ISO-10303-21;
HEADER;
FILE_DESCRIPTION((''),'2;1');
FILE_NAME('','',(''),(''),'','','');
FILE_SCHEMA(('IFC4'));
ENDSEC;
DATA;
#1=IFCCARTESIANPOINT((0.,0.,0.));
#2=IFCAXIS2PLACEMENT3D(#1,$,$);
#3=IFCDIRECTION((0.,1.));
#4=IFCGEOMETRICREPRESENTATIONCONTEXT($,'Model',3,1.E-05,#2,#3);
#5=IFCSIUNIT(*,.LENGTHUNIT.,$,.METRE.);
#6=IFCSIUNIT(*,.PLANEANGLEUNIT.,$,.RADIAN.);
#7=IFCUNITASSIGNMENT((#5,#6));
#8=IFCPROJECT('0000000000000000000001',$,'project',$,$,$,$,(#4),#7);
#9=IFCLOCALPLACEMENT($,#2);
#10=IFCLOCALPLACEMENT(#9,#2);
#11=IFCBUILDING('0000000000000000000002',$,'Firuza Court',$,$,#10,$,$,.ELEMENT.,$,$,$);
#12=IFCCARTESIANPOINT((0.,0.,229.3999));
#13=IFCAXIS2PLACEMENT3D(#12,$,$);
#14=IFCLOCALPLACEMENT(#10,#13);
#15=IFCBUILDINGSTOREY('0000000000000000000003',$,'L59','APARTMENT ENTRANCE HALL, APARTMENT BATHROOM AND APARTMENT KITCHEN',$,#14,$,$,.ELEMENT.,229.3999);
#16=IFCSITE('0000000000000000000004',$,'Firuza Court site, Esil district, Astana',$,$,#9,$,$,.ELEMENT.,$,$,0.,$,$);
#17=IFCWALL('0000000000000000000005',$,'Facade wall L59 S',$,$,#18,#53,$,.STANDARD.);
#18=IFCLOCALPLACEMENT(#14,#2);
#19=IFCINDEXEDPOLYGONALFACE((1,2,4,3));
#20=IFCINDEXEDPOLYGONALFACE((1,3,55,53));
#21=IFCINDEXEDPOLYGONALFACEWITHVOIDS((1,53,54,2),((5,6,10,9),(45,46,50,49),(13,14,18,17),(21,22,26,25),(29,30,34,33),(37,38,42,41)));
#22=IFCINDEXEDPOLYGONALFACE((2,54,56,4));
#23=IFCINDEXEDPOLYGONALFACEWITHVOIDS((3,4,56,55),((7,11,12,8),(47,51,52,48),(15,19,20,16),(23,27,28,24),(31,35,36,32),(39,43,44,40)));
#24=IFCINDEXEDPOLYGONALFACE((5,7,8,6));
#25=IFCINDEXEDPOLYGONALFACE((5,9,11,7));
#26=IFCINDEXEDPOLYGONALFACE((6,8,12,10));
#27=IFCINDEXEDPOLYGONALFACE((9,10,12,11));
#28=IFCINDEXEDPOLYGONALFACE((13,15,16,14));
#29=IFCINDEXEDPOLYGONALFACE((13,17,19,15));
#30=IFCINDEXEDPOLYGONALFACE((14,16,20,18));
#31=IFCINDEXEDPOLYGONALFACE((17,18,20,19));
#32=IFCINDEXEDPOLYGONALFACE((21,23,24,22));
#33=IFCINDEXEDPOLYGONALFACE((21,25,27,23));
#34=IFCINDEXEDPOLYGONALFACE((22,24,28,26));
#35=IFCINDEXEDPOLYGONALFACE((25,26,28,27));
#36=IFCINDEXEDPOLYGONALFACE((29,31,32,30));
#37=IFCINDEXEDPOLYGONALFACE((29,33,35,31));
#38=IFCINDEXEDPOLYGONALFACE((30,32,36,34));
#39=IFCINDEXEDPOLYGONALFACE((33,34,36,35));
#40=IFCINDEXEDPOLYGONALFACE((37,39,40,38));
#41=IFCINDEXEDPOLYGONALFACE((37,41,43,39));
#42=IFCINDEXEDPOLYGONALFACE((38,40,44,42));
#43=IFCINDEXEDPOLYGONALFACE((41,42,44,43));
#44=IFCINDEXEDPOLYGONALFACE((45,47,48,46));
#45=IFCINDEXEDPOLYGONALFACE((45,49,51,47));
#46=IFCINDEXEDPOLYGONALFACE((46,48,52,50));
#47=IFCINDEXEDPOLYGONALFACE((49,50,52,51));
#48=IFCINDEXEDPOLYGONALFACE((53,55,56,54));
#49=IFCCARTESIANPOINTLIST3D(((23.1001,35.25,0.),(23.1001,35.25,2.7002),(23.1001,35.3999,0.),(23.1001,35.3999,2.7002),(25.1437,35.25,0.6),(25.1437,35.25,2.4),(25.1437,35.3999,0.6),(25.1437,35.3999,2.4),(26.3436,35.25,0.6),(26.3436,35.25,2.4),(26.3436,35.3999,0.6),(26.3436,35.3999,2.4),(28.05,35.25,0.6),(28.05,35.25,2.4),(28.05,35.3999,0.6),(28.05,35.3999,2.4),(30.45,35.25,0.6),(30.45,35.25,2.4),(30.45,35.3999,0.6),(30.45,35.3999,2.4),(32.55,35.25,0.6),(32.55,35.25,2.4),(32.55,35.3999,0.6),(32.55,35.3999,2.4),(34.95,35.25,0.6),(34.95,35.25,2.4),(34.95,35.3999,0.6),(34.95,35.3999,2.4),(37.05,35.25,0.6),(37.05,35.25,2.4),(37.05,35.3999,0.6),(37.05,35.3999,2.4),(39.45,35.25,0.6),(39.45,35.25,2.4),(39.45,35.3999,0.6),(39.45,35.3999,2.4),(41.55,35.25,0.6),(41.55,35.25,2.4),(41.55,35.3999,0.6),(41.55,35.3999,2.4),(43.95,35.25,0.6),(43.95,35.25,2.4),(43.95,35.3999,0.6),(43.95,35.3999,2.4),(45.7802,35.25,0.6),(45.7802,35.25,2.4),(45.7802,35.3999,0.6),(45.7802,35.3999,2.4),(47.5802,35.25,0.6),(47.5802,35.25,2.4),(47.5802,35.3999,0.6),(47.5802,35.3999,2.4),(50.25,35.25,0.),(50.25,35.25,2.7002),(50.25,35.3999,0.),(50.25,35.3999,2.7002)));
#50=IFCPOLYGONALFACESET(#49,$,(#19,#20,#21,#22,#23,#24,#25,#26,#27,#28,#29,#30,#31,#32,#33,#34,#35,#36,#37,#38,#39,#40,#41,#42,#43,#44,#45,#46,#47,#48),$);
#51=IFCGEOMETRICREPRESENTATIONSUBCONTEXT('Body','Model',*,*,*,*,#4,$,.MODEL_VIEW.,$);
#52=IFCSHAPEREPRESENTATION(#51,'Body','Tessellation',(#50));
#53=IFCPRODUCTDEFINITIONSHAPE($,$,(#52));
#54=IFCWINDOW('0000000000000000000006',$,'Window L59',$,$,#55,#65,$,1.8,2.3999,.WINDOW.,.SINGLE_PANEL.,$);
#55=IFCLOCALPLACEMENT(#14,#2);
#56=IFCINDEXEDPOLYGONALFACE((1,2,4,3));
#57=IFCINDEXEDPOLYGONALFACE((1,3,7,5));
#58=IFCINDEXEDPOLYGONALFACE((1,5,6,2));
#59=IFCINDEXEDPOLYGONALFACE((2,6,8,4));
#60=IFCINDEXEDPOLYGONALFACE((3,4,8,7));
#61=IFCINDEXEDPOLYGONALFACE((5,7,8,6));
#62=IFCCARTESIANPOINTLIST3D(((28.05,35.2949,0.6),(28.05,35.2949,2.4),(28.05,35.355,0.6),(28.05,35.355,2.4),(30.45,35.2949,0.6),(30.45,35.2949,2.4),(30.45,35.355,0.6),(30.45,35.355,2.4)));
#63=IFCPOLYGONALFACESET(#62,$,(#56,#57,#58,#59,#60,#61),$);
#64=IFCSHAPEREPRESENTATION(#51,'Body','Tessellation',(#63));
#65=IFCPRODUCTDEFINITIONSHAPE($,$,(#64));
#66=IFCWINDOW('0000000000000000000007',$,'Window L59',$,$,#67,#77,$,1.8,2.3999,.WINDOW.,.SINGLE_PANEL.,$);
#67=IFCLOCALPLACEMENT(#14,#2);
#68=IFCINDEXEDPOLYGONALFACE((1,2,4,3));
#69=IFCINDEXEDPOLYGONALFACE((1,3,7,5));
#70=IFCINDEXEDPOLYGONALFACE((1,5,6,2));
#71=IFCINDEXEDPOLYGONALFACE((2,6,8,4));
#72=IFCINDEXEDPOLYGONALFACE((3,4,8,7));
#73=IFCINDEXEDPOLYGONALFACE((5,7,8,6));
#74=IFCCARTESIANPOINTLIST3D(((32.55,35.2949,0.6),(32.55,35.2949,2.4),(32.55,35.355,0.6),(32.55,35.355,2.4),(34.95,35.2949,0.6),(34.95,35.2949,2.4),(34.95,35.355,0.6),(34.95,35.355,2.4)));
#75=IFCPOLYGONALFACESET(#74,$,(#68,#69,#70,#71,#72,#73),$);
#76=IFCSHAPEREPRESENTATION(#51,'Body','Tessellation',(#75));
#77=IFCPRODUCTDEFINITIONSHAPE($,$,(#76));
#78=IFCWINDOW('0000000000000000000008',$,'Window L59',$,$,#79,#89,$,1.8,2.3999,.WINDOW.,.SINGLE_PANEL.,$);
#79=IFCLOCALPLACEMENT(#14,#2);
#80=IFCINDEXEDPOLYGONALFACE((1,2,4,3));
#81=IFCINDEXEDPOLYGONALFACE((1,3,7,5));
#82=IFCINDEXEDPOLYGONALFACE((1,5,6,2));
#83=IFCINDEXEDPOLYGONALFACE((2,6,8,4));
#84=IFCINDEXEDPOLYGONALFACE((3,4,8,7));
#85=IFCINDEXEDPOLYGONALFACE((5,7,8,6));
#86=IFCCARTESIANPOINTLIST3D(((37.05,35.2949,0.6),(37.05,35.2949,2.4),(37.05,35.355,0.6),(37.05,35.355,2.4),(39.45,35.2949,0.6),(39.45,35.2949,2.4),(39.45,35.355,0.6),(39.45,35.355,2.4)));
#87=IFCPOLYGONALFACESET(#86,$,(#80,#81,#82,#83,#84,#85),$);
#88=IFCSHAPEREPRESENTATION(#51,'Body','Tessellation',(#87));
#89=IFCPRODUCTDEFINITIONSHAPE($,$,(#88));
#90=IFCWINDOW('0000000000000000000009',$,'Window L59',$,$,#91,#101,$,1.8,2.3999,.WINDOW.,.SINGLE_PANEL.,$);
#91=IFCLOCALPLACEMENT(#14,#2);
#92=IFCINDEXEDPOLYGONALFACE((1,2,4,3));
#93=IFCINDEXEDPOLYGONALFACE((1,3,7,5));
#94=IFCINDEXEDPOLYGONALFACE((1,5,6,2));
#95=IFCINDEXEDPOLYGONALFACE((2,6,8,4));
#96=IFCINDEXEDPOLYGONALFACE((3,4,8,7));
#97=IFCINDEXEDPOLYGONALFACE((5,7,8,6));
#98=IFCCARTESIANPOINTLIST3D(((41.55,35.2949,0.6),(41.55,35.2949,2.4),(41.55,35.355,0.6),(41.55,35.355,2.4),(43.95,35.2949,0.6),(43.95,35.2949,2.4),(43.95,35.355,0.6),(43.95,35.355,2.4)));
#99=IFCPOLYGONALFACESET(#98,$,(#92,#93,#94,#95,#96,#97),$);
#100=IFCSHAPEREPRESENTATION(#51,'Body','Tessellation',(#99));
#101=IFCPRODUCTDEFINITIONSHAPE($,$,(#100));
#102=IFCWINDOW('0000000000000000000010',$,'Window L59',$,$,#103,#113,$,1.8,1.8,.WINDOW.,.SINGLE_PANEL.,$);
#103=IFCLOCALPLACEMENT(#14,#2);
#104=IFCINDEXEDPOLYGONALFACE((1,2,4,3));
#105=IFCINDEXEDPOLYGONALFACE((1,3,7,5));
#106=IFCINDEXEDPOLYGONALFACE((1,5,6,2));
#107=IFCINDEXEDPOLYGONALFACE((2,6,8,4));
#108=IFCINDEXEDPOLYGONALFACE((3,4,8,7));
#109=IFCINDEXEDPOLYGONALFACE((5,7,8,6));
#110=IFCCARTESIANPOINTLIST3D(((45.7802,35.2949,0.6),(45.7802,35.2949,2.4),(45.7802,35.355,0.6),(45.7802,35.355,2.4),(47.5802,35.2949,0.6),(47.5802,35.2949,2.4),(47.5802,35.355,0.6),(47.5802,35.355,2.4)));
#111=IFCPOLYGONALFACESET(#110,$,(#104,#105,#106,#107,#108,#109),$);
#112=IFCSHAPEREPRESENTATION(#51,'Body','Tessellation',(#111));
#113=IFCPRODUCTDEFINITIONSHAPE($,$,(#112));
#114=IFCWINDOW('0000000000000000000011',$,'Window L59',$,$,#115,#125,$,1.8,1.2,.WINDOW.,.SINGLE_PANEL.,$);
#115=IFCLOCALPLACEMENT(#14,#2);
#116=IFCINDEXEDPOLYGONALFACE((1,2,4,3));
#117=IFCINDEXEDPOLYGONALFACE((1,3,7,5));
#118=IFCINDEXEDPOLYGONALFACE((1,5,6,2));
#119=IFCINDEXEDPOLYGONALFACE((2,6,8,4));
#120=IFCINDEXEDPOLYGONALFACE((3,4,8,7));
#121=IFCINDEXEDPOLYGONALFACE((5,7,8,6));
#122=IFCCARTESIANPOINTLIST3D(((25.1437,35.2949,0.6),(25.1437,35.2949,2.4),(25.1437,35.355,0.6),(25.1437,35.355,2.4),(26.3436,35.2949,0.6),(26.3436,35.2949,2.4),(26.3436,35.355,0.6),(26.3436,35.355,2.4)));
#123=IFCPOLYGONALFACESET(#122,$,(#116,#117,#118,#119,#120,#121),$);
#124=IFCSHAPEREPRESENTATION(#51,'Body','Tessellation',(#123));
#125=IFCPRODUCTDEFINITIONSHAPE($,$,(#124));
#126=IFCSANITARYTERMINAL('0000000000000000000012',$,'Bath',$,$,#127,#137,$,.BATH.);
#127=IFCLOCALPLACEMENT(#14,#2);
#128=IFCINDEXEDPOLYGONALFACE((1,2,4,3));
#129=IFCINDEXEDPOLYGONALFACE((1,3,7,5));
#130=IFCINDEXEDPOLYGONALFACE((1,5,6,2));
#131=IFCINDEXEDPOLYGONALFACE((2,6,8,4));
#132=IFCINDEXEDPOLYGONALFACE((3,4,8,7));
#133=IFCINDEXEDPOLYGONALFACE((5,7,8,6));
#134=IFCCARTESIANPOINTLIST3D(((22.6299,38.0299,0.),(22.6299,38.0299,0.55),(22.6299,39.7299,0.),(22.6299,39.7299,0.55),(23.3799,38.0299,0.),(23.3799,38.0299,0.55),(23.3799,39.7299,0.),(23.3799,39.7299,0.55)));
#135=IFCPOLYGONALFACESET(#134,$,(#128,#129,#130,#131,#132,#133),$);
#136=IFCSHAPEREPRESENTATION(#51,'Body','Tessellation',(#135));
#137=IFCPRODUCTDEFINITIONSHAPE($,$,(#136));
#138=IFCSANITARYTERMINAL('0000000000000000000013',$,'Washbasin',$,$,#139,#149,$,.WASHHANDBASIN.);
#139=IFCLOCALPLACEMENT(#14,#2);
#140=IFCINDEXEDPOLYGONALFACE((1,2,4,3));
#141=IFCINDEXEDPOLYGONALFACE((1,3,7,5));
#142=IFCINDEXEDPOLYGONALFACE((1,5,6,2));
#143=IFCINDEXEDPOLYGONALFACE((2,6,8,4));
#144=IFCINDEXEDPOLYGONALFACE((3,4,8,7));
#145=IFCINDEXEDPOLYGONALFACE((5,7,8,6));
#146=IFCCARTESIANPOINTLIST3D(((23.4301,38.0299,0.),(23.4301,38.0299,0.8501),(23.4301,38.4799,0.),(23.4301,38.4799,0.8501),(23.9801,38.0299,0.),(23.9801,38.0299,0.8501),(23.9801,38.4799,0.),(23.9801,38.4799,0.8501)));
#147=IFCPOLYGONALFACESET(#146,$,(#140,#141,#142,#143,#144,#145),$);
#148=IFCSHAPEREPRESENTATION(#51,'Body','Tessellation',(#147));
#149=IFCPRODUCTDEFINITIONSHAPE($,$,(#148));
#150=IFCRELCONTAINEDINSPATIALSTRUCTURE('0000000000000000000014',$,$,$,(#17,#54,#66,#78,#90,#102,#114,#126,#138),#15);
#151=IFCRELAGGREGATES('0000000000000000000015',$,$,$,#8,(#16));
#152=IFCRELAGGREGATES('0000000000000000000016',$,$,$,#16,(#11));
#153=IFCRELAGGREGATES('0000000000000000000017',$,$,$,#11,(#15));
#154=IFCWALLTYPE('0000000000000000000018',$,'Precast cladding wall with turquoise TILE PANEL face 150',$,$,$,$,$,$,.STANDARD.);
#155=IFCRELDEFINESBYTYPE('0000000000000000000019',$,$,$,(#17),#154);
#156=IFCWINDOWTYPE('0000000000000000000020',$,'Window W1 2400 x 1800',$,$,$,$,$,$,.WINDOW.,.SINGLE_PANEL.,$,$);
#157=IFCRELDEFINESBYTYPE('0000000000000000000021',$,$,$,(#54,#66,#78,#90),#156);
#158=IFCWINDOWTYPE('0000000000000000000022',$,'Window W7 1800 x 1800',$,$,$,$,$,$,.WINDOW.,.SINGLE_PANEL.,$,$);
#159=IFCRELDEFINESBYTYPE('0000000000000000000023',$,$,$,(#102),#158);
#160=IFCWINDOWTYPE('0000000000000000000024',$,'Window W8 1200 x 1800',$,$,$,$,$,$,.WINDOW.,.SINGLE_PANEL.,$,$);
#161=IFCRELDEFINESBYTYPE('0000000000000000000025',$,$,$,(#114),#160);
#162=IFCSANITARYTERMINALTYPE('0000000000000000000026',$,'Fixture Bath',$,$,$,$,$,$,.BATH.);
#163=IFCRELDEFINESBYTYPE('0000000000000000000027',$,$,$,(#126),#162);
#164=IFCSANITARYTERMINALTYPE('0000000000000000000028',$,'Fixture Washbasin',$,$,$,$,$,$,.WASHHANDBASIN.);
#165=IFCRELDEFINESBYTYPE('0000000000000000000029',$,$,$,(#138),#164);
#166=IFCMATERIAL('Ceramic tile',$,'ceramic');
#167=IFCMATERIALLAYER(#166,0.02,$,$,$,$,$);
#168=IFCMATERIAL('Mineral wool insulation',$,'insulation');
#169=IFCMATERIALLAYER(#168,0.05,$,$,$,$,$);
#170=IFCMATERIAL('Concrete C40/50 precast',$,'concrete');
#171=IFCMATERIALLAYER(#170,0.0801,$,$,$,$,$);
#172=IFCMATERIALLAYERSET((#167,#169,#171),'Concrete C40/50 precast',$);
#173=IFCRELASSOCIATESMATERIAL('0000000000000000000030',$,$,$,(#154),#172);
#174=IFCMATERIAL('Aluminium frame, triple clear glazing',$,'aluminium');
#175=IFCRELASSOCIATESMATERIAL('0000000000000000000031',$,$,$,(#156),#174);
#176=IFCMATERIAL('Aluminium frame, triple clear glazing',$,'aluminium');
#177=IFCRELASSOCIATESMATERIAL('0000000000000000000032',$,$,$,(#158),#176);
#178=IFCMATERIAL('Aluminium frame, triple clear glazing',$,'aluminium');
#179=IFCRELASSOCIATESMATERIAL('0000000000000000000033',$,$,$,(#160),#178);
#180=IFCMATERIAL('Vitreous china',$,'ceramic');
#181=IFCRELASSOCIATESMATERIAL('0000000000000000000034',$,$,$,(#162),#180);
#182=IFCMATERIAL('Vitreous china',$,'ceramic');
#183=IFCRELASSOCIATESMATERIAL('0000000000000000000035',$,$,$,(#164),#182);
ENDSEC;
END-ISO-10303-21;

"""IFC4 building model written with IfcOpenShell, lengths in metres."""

from ifc_helpers import new_model, si_unit, direction, frame, frame_2d, origin, origin_2d, place, context, subcontext, project, spatial, rectangle, extrude, material, layer, layer_set, type_object, element, fill, save


model = new_model("IFC4")

# Units and contexts
model_context = context("Model", 3, precision=1e-05, world=origin(), true_north=direction((0.0, 1.0)))
body_context = subcontext(model_context, "Body", "Model", "MODEL_VIEW")
ifc_project = project(units=[si_unit("LENGTHUNIT", "METRE"), si_unit("PLANEANGLEUNIT", "RADIAN")], contexts=[model_context])

# Site, building, storey
site_placement = place(None, origin())
site = spatial("IfcSite", under=ifc_project, at=site_placement, Name="Firuza Court site, Esil district, Astana", CompositionType="ELEMENT", RefElevation=0.0)
building_placement = place(site_placement, origin())
building = spatial("IfcBuilding", under=site, at=building_placement, Name="Firuza Court", CompositionType="ELEMENT")
storey_placement = place(building_placement, frame((0.0, 0.0, 229.3999)))
storey = spatial("IfcBuildingStorey", under=building, at=storey_placement, Name="L59", Description="APARTMENT ENTRANCE HALL, APARTMENT BATHROOM AND APARTMENT KITCHEN", CompositionType="ELEMENT", Elevation=229.3999)

# Wall, openings, windows
ifc_material_1 = material(Name="Ceramic tile", Category="ceramic")
ifc_layer_1 = layer(ifc_material_1, 0.02)
ifc_material_2 = material(Name="Mineral wool insulation", Category="insulation")
ifc_layer_2 = layer(ifc_material_2, 0.05)
ifc_material_3 = material(Name="Concrete C40/50 precast", Category="concrete")
ifc_layer_3 = layer(ifc_material_3, 0.0801)
ifc_layer_set_1 = layer_set([ifc_layer_1, ifc_layer_2, ifc_layer_3], Name="Concrete C40/50 precast")
wall_type_1 = type_object("IfcWallType", Name="Precast cladding wall with turquoise TILE PANEL face 150", PredefinedType="STANDARD", material=ifc_layer_set_1)
wall_1_placement = place(storey_placement, frame((23.1001, 35.325, 0.0), z_axis=(0.0, 0.0, 1.0), x_axis=(1.0, 0.0, 0.0)))
wall_1 = element("IfcWall", 1, at=wall_1_placement, inside=storey, type_object=wall_type_1, Name="Facade wall L59 S", PredefinedType="STANDARD", context=body_context, shape_type="SweptSolid", body=[
    extrude(rectangle(XDim=27.1499, YDim=0.1499, at=frame_2d((13.575, 0.0))), origin(), (0.0, 0.0, 1.0), 2.7002),
])
opening_1_placement = place(wall_1_placement, frame((2.0435, 0.0, 0.6001)))
opening_1 = element("IfcOpeningElement", 2, at=opening_1_placement, cuts=wall_1, PredefinedType="OPENING", context=body_context, shape_type="SweptSolid", body=[
    extrude(rectangle(XDim=1.2, YDim=1.8, at=frame_2d((0.6001, 0.8999))), frame((0.0, 0.0869, 0.0), z_axis=(0.0, -1.0, 0.0), x_axis=(1.0, 0.0, 0.0)), (0.0, 0.0, 1.0), 0.1738),
])
opening_2_placement = place(wall_1_placement, frame((4.95, 0.0, 0.6001)))
opening_2 = element("IfcOpeningElement", 3, at=opening_2_placement, cuts=wall_1, PredefinedType="OPENING", context=body_context, shape_type="SweptSolid", body=[
    extrude(rectangle(XDim=2.3999, YDim=1.8, at=frame_2d((1.2, 0.8999))), frame((0.0, 0.0869, 0.0), z_axis=(0.0, -1.0, 0.0), x_axis=(1.0, 0.0, 0.0)), (0.0, 0.0, 1.0), 0.1738),
])
opening_3_placement = place(wall_1_placement, frame((9.45, 0.0, 0.6001)))
opening_3 = element("IfcOpeningElement", 4, at=opening_3_placement, cuts=wall_1, PredefinedType="OPENING", context=body_context, shape_type="SweptSolid", body=[
    extrude(rectangle(XDim=2.3999, YDim=1.8, at=frame_2d((1.2, 0.8999))), frame((0.0, 0.0869, 0.0), z_axis=(0.0, -1.0, 0.0), x_axis=(1.0, 0.0, 0.0)), (0.0, 0.0, 1.0), 0.1738),
])
opening_4_placement = place(wall_1_placement, frame((13.95, 0.0, 0.6001)))
opening_4 = element("IfcOpeningElement", 5, at=opening_4_placement, cuts=wall_1, PredefinedType="OPENING", context=body_context, shape_type="SweptSolid", body=[
    extrude(rectangle(XDim=2.3999, YDim=1.8, at=frame_2d((1.2, 0.8999))), frame((0.0, 0.0869, 0.0), z_axis=(0.0, -1.0, 0.0), x_axis=(1.0, 0.0, 0.0)), (0.0, 0.0, 1.0), 0.1738),
])
opening_5_placement = place(wall_1_placement, frame((18.45, 0.0, 0.6001)))
opening_5 = element("IfcOpeningElement", 6, at=opening_5_placement, cuts=wall_1, PredefinedType="OPENING", context=body_context, shape_type="SweptSolid", body=[
    extrude(rectangle(XDim=2.3999, YDim=1.8, at=frame_2d((1.2, 0.8999))), frame((0.0, 0.0869, 0.0), z_axis=(0.0, -1.0, 0.0), x_axis=(1.0, 0.0, 0.0)), (0.0, 0.0, 1.0), 0.1738),
])
opening_6_placement = place(wall_1_placement, frame((22.6802, 0.0, 0.6001)))
opening_6 = element("IfcOpeningElement", 7, at=opening_6_placement, cuts=wall_1, PredefinedType="OPENING", context=body_context, shape_type="SweptSolid", body=[
    extrude(rectangle(XDim=1.8, YDim=1.8, at=frame_2d((0.8999, 0.8999))), frame((0.0, 0.0869, 0.0), z_axis=(0.0, -1.0, 0.0), x_axis=(1.0, 0.0, 0.0)), (0.0, 0.0, 1.0), 0.1738),
])
ifc_material_4 = material(Name="Aluminium frame, triple clear glazing", Category="aluminium")
window_type_1 = type_object("IfcWindowType", Name="Window W1 2400 x 1800", PartitioningType="SINGLE_PANEL", PredefinedType="WINDOW", material=ifc_material_4)
window_1_placement = place(opening_2_placement, origin())
window_1 = element("IfcWindow", 8, at=window_1_placement, inside=storey, type_object=window_type_1, Name="Window L59", OverallHeight=1.8, OverallWidth=2.3999, PartitioningType="SINGLE_PANEL", PredefinedType="WINDOW", context=body_context, shape_type="SweptSolid", body=[
    extrude(rectangle(XDim=2.3999, YDim=1.8, at=frame_2d((1.2, 0.8999))), frame((0.0, 0.03, 0.0), z_axis=(0.0, -1.0, 0.0), x_axis=(1.0, 0.0, 0.0)), (0.0, 0.0, 1.0), 0.0601),
])
fill(opening_2, window_1)
window_2_placement = place(opening_3_placement, origin())
window_2 = element("IfcWindow", 9, at=window_2_placement, inside=storey, type_object=window_type_1, Name="Window L59", OverallHeight=1.8, OverallWidth=2.3999, PartitioningType="SINGLE_PANEL", PredefinedType="WINDOW", context=body_context, shape_type="SweptSolid", body=[
    extrude(rectangle(XDim=2.3999, YDim=1.8, at=frame_2d((1.2, 0.8999))), frame((0.0, 0.03, 0.0), z_axis=(0.0, -1.0, 0.0), x_axis=(1.0, 0.0, 0.0)), (0.0, 0.0, 1.0), 0.0601),
])
fill(opening_3, window_2)
window_3_placement = place(opening_4_placement, origin())
window_3 = element("IfcWindow", 10, at=window_3_placement, inside=storey, type_object=window_type_1, Name="Window L59", OverallHeight=1.8, OverallWidth=2.3999, PartitioningType="SINGLE_PANEL", PredefinedType="WINDOW", context=body_context, shape_type="SweptSolid", body=[
    extrude(rectangle(XDim=2.3999, YDim=1.8, at=frame_2d((1.2, 0.8999))), frame((0.0, 0.03, 0.0), z_axis=(0.0, -1.0, 0.0), x_axis=(1.0, 0.0, 0.0)), (0.0, 0.0, 1.0), 0.0601),
])
fill(opening_4, window_3)
window_4_placement = place(opening_5_placement, origin())
window_4 = element("IfcWindow", 11, at=window_4_placement, inside=storey, type_object=window_type_1, Name="Window L59", OverallHeight=1.8, OverallWidth=2.3999, PartitioningType="SINGLE_PANEL", PredefinedType="WINDOW", context=body_context, shape_type="SweptSolid", body=[
    extrude(rectangle(XDim=2.3999, YDim=1.8, at=frame_2d((1.2, 0.8999))), frame((0.0, 0.03, 0.0), z_axis=(0.0, -1.0, 0.0), x_axis=(1.0, 0.0, 0.0)), (0.0, 0.0, 1.0), 0.0601),
])
fill(opening_5, window_4)
ifc_material_5 = material(Name="Aluminium frame, triple clear glazing", Category="aluminium")
window_type_2 = type_object("IfcWindowType", Name="Window W7 1800 x 1800", PartitioningType="SINGLE_PANEL", PredefinedType="WINDOW", material=ifc_material_5)
window_5_placement = place(opening_6_placement, origin())
window_5 = element("IfcWindow", 12, at=window_5_placement, inside=storey, type_object=window_type_2, Name="Window L59", OverallHeight=1.8, OverallWidth=1.8, PartitioningType="SINGLE_PANEL", PredefinedType="WINDOW", context=body_context, shape_type="SweptSolid", body=[
    extrude(rectangle(XDim=1.8, YDim=1.8, at=frame_2d((0.8999, 0.8999))), frame((0.0, 0.03, 0.0), z_axis=(0.0, -1.0, 0.0), x_axis=(1.0, 0.0, 0.0)), (0.0, 0.0, 1.0), 0.0601),
])
fill(opening_6, window_5)
ifc_material_6 = material(Name="Aluminium frame, triple clear glazing", Category="aluminium")
window_type_3 = type_object("IfcWindowType", Name="Window W8 1200 x 1800", PartitioningType="SINGLE_PANEL", PredefinedType="WINDOW", material=ifc_material_6)
window_6_placement = place(opening_1_placement, origin())
window_6 = element("IfcWindow", 13, at=window_6_placement, inside=storey, type_object=window_type_3, Name="Window L59", OverallHeight=1.8, OverallWidth=1.2, PartitioningType="SINGLE_PANEL", PredefinedType="WINDOW", context=body_context, shape_type="SweptSolid", body=[
    extrude(rectangle(XDim=1.2, YDim=1.8, at=frame_2d((0.6001, 0.8999))), frame((0.0, 0.03, 0.0), z_axis=(0.0, -1.0, 0.0), x_axis=(1.0, 0.0, 0.0)), (0.0, 0.0, 1.0), 0.0601),
])
fill(opening_1, window_6)

# Sanitary terminals
ifc_material_7 = material(Name="Vitreous china", Category="ceramic")
sanitary_terminal_type_1 = type_object("IfcSanitaryTerminalType", Name="Fixture Bath", PredefinedType="BATH", material=ifc_material_7)
sanitary_terminal_1_placement = place(storey_placement, frame((23.0049, 38.8799, 0.0), z_axis=(0.0, 0.0, 1.0), x_axis=(1.0, 0.0, 0.0)))
element("IfcSanitaryTerminal", 14, at=sanitary_terminal_1_placement, inside=storey, type_object=sanitary_terminal_type_1, Name="Bath", PredefinedType="BATH", context=body_context, shape_type="SweptSolid", body=[
    extrude(rectangle(XDim=0.75, YDim=1.7, at=origin_2d()), origin(), (0.0, 0.0, 1.0), 0.55),
])
ifc_material_8 = material(Name="Vitreous china", Category="ceramic")
sanitary_terminal_type_2 = type_object("IfcSanitaryTerminalType", Name="Fixture Washbasin", PredefinedType="WASHHANDBASIN", material=ifc_material_8)
sanitary_terminal_2_placement = place(storey_placement, frame((23.7051, 38.2549, 0.0), z_axis=(0.0, 0.0, 1.0), x_axis=(1.0, 0.0, 0.0)))
element("IfcSanitaryTerminal", 15, at=sanitary_terminal_2_placement, inside=storey, type_object=sanitary_terminal_type_2, Name="Washbasin", PredefinedType="WASHHANDBASIN", context=body_context, shape_type="SweptSolid", body=[
    extrude(rectangle(XDim=0.55, YDim=0.45, at=origin_2d()), origin(), (0.0, 0.0, 1.0), 0.8501),
])

save(model, "model.ifc")
